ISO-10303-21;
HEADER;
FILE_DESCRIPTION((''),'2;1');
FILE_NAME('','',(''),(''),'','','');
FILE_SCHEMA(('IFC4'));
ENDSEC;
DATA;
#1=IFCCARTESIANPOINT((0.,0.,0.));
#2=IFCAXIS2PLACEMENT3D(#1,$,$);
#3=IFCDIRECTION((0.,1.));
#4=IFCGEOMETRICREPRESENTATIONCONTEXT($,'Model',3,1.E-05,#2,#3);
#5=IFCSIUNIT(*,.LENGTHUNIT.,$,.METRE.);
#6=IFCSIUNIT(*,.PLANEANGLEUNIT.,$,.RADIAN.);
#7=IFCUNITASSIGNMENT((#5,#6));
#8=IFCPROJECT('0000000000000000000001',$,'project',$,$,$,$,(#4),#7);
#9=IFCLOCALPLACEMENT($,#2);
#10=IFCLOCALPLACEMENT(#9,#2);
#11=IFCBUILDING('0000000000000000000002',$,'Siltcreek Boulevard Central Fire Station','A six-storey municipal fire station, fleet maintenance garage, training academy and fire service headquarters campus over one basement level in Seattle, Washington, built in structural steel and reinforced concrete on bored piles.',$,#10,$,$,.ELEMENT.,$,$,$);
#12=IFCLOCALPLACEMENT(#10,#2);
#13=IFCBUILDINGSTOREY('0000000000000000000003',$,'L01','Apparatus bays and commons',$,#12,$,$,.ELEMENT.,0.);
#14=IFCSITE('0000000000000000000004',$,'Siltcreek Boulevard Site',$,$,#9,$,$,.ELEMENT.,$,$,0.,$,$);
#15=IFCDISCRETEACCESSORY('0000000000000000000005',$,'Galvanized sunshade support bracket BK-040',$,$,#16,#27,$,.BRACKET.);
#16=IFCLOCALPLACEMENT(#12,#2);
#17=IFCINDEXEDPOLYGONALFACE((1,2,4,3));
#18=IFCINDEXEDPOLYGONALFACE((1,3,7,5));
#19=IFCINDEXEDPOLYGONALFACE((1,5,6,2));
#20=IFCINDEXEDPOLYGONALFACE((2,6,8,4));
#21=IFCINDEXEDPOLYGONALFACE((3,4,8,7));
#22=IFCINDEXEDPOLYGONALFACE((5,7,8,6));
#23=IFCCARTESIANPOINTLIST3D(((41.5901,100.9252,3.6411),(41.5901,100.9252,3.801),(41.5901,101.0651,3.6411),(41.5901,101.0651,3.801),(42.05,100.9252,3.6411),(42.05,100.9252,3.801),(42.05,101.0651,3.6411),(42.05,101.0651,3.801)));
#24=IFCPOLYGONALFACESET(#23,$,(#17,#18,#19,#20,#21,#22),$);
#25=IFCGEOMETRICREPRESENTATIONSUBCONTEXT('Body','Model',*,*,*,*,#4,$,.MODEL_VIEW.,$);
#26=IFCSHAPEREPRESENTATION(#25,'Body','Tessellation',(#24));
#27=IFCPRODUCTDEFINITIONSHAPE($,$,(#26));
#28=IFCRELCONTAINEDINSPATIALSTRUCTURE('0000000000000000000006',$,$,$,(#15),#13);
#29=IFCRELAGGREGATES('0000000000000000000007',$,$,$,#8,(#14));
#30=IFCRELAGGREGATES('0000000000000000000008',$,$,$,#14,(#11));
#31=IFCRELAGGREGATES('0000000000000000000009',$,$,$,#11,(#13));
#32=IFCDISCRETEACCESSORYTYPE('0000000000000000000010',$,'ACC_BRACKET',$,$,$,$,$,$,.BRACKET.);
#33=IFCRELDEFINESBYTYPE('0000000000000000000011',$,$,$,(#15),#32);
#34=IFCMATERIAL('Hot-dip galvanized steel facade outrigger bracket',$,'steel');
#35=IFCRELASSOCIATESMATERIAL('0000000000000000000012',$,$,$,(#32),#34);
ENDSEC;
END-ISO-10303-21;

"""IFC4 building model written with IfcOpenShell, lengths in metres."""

from ifc_helpers import new_model, si_unit, direction, frame, origin, origin_2d, place, context, subcontext, project, spatial, rectangle, extrude, material, type_object, element, save


model = new_model("IFC4")

# Units and contexts
model_context = context("Model", 3, precision=1e-05, world=origin(), true_north=direction((0.0, 1.0)))
body_context = subcontext(model_context, "Body", "Model", "MODEL_VIEW")
ifc_project = project(units=[si_unit("LENGTHUNIT", "METRE"), si_unit("PLANEANGLEUNIT", "RADIAN")], contexts=[model_context])

# Site, building, storey
site_placement = place(None, origin())
site = spatial("IfcSite", under=ifc_project, at=site_placement, Name="Siltcreek Boulevard Site", CompositionType="ELEMENT", RefElevation=0.0)
building_placement = place(site_placement, origin())
building = spatial("IfcBuilding", under=site, at=building_placement, Name="Siltcreek Boulevard Central Fire Station", Description="A six-storey municipal fire station, fleet maintenance garage, training academy and fire service headquarters campus over one basement level in Seattle, Washington, built in structural steel and reinforced concrete on bored piles.", CompositionType="ELEMENT")
storey_placement = place(building_placement, origin())
storey = spatial("IfcBuildingStorey", under=building, at=storey_placement, Name="L01", Description="Apparatus bays and commons", CompositionType="ELEMENT", Elevation=0.0)

# Discrete accessory
ifc_material_1 = material(Name="Hot-dip galvanized steel facade outrigger bracket", Category="steel")
discrete_accessory_type = type_object("IfcDiscreteAccessoryType", Name="ACC_BRACKET", PredefinedType="BRACKET", material=ifc_material_1)
discrete_accessory_placement = place(storey_placement, frame((41.8201, 100.9951, 3.6411), z_axis=(0.0, 0.0, 1.0), x_axis=(0.0, -1.0, 0.0)))
element("IfcDiscreteAccessory", 1, at=discrete_accessory_placement, inside=storey, type_object=discrete_accessory_type, Name="Galvanized sunshade support bracket BK-040", PredefinedType="BRACKET", context=body_context, shape_type="SweptSolid", body=[
    extrude(rectangle(XDim=0.1399, YDim=0.46, at=origin_2d()), origin(), (0.0, 0.0, 1.0), 0.1599),
])

save(model, "model.ifc")
